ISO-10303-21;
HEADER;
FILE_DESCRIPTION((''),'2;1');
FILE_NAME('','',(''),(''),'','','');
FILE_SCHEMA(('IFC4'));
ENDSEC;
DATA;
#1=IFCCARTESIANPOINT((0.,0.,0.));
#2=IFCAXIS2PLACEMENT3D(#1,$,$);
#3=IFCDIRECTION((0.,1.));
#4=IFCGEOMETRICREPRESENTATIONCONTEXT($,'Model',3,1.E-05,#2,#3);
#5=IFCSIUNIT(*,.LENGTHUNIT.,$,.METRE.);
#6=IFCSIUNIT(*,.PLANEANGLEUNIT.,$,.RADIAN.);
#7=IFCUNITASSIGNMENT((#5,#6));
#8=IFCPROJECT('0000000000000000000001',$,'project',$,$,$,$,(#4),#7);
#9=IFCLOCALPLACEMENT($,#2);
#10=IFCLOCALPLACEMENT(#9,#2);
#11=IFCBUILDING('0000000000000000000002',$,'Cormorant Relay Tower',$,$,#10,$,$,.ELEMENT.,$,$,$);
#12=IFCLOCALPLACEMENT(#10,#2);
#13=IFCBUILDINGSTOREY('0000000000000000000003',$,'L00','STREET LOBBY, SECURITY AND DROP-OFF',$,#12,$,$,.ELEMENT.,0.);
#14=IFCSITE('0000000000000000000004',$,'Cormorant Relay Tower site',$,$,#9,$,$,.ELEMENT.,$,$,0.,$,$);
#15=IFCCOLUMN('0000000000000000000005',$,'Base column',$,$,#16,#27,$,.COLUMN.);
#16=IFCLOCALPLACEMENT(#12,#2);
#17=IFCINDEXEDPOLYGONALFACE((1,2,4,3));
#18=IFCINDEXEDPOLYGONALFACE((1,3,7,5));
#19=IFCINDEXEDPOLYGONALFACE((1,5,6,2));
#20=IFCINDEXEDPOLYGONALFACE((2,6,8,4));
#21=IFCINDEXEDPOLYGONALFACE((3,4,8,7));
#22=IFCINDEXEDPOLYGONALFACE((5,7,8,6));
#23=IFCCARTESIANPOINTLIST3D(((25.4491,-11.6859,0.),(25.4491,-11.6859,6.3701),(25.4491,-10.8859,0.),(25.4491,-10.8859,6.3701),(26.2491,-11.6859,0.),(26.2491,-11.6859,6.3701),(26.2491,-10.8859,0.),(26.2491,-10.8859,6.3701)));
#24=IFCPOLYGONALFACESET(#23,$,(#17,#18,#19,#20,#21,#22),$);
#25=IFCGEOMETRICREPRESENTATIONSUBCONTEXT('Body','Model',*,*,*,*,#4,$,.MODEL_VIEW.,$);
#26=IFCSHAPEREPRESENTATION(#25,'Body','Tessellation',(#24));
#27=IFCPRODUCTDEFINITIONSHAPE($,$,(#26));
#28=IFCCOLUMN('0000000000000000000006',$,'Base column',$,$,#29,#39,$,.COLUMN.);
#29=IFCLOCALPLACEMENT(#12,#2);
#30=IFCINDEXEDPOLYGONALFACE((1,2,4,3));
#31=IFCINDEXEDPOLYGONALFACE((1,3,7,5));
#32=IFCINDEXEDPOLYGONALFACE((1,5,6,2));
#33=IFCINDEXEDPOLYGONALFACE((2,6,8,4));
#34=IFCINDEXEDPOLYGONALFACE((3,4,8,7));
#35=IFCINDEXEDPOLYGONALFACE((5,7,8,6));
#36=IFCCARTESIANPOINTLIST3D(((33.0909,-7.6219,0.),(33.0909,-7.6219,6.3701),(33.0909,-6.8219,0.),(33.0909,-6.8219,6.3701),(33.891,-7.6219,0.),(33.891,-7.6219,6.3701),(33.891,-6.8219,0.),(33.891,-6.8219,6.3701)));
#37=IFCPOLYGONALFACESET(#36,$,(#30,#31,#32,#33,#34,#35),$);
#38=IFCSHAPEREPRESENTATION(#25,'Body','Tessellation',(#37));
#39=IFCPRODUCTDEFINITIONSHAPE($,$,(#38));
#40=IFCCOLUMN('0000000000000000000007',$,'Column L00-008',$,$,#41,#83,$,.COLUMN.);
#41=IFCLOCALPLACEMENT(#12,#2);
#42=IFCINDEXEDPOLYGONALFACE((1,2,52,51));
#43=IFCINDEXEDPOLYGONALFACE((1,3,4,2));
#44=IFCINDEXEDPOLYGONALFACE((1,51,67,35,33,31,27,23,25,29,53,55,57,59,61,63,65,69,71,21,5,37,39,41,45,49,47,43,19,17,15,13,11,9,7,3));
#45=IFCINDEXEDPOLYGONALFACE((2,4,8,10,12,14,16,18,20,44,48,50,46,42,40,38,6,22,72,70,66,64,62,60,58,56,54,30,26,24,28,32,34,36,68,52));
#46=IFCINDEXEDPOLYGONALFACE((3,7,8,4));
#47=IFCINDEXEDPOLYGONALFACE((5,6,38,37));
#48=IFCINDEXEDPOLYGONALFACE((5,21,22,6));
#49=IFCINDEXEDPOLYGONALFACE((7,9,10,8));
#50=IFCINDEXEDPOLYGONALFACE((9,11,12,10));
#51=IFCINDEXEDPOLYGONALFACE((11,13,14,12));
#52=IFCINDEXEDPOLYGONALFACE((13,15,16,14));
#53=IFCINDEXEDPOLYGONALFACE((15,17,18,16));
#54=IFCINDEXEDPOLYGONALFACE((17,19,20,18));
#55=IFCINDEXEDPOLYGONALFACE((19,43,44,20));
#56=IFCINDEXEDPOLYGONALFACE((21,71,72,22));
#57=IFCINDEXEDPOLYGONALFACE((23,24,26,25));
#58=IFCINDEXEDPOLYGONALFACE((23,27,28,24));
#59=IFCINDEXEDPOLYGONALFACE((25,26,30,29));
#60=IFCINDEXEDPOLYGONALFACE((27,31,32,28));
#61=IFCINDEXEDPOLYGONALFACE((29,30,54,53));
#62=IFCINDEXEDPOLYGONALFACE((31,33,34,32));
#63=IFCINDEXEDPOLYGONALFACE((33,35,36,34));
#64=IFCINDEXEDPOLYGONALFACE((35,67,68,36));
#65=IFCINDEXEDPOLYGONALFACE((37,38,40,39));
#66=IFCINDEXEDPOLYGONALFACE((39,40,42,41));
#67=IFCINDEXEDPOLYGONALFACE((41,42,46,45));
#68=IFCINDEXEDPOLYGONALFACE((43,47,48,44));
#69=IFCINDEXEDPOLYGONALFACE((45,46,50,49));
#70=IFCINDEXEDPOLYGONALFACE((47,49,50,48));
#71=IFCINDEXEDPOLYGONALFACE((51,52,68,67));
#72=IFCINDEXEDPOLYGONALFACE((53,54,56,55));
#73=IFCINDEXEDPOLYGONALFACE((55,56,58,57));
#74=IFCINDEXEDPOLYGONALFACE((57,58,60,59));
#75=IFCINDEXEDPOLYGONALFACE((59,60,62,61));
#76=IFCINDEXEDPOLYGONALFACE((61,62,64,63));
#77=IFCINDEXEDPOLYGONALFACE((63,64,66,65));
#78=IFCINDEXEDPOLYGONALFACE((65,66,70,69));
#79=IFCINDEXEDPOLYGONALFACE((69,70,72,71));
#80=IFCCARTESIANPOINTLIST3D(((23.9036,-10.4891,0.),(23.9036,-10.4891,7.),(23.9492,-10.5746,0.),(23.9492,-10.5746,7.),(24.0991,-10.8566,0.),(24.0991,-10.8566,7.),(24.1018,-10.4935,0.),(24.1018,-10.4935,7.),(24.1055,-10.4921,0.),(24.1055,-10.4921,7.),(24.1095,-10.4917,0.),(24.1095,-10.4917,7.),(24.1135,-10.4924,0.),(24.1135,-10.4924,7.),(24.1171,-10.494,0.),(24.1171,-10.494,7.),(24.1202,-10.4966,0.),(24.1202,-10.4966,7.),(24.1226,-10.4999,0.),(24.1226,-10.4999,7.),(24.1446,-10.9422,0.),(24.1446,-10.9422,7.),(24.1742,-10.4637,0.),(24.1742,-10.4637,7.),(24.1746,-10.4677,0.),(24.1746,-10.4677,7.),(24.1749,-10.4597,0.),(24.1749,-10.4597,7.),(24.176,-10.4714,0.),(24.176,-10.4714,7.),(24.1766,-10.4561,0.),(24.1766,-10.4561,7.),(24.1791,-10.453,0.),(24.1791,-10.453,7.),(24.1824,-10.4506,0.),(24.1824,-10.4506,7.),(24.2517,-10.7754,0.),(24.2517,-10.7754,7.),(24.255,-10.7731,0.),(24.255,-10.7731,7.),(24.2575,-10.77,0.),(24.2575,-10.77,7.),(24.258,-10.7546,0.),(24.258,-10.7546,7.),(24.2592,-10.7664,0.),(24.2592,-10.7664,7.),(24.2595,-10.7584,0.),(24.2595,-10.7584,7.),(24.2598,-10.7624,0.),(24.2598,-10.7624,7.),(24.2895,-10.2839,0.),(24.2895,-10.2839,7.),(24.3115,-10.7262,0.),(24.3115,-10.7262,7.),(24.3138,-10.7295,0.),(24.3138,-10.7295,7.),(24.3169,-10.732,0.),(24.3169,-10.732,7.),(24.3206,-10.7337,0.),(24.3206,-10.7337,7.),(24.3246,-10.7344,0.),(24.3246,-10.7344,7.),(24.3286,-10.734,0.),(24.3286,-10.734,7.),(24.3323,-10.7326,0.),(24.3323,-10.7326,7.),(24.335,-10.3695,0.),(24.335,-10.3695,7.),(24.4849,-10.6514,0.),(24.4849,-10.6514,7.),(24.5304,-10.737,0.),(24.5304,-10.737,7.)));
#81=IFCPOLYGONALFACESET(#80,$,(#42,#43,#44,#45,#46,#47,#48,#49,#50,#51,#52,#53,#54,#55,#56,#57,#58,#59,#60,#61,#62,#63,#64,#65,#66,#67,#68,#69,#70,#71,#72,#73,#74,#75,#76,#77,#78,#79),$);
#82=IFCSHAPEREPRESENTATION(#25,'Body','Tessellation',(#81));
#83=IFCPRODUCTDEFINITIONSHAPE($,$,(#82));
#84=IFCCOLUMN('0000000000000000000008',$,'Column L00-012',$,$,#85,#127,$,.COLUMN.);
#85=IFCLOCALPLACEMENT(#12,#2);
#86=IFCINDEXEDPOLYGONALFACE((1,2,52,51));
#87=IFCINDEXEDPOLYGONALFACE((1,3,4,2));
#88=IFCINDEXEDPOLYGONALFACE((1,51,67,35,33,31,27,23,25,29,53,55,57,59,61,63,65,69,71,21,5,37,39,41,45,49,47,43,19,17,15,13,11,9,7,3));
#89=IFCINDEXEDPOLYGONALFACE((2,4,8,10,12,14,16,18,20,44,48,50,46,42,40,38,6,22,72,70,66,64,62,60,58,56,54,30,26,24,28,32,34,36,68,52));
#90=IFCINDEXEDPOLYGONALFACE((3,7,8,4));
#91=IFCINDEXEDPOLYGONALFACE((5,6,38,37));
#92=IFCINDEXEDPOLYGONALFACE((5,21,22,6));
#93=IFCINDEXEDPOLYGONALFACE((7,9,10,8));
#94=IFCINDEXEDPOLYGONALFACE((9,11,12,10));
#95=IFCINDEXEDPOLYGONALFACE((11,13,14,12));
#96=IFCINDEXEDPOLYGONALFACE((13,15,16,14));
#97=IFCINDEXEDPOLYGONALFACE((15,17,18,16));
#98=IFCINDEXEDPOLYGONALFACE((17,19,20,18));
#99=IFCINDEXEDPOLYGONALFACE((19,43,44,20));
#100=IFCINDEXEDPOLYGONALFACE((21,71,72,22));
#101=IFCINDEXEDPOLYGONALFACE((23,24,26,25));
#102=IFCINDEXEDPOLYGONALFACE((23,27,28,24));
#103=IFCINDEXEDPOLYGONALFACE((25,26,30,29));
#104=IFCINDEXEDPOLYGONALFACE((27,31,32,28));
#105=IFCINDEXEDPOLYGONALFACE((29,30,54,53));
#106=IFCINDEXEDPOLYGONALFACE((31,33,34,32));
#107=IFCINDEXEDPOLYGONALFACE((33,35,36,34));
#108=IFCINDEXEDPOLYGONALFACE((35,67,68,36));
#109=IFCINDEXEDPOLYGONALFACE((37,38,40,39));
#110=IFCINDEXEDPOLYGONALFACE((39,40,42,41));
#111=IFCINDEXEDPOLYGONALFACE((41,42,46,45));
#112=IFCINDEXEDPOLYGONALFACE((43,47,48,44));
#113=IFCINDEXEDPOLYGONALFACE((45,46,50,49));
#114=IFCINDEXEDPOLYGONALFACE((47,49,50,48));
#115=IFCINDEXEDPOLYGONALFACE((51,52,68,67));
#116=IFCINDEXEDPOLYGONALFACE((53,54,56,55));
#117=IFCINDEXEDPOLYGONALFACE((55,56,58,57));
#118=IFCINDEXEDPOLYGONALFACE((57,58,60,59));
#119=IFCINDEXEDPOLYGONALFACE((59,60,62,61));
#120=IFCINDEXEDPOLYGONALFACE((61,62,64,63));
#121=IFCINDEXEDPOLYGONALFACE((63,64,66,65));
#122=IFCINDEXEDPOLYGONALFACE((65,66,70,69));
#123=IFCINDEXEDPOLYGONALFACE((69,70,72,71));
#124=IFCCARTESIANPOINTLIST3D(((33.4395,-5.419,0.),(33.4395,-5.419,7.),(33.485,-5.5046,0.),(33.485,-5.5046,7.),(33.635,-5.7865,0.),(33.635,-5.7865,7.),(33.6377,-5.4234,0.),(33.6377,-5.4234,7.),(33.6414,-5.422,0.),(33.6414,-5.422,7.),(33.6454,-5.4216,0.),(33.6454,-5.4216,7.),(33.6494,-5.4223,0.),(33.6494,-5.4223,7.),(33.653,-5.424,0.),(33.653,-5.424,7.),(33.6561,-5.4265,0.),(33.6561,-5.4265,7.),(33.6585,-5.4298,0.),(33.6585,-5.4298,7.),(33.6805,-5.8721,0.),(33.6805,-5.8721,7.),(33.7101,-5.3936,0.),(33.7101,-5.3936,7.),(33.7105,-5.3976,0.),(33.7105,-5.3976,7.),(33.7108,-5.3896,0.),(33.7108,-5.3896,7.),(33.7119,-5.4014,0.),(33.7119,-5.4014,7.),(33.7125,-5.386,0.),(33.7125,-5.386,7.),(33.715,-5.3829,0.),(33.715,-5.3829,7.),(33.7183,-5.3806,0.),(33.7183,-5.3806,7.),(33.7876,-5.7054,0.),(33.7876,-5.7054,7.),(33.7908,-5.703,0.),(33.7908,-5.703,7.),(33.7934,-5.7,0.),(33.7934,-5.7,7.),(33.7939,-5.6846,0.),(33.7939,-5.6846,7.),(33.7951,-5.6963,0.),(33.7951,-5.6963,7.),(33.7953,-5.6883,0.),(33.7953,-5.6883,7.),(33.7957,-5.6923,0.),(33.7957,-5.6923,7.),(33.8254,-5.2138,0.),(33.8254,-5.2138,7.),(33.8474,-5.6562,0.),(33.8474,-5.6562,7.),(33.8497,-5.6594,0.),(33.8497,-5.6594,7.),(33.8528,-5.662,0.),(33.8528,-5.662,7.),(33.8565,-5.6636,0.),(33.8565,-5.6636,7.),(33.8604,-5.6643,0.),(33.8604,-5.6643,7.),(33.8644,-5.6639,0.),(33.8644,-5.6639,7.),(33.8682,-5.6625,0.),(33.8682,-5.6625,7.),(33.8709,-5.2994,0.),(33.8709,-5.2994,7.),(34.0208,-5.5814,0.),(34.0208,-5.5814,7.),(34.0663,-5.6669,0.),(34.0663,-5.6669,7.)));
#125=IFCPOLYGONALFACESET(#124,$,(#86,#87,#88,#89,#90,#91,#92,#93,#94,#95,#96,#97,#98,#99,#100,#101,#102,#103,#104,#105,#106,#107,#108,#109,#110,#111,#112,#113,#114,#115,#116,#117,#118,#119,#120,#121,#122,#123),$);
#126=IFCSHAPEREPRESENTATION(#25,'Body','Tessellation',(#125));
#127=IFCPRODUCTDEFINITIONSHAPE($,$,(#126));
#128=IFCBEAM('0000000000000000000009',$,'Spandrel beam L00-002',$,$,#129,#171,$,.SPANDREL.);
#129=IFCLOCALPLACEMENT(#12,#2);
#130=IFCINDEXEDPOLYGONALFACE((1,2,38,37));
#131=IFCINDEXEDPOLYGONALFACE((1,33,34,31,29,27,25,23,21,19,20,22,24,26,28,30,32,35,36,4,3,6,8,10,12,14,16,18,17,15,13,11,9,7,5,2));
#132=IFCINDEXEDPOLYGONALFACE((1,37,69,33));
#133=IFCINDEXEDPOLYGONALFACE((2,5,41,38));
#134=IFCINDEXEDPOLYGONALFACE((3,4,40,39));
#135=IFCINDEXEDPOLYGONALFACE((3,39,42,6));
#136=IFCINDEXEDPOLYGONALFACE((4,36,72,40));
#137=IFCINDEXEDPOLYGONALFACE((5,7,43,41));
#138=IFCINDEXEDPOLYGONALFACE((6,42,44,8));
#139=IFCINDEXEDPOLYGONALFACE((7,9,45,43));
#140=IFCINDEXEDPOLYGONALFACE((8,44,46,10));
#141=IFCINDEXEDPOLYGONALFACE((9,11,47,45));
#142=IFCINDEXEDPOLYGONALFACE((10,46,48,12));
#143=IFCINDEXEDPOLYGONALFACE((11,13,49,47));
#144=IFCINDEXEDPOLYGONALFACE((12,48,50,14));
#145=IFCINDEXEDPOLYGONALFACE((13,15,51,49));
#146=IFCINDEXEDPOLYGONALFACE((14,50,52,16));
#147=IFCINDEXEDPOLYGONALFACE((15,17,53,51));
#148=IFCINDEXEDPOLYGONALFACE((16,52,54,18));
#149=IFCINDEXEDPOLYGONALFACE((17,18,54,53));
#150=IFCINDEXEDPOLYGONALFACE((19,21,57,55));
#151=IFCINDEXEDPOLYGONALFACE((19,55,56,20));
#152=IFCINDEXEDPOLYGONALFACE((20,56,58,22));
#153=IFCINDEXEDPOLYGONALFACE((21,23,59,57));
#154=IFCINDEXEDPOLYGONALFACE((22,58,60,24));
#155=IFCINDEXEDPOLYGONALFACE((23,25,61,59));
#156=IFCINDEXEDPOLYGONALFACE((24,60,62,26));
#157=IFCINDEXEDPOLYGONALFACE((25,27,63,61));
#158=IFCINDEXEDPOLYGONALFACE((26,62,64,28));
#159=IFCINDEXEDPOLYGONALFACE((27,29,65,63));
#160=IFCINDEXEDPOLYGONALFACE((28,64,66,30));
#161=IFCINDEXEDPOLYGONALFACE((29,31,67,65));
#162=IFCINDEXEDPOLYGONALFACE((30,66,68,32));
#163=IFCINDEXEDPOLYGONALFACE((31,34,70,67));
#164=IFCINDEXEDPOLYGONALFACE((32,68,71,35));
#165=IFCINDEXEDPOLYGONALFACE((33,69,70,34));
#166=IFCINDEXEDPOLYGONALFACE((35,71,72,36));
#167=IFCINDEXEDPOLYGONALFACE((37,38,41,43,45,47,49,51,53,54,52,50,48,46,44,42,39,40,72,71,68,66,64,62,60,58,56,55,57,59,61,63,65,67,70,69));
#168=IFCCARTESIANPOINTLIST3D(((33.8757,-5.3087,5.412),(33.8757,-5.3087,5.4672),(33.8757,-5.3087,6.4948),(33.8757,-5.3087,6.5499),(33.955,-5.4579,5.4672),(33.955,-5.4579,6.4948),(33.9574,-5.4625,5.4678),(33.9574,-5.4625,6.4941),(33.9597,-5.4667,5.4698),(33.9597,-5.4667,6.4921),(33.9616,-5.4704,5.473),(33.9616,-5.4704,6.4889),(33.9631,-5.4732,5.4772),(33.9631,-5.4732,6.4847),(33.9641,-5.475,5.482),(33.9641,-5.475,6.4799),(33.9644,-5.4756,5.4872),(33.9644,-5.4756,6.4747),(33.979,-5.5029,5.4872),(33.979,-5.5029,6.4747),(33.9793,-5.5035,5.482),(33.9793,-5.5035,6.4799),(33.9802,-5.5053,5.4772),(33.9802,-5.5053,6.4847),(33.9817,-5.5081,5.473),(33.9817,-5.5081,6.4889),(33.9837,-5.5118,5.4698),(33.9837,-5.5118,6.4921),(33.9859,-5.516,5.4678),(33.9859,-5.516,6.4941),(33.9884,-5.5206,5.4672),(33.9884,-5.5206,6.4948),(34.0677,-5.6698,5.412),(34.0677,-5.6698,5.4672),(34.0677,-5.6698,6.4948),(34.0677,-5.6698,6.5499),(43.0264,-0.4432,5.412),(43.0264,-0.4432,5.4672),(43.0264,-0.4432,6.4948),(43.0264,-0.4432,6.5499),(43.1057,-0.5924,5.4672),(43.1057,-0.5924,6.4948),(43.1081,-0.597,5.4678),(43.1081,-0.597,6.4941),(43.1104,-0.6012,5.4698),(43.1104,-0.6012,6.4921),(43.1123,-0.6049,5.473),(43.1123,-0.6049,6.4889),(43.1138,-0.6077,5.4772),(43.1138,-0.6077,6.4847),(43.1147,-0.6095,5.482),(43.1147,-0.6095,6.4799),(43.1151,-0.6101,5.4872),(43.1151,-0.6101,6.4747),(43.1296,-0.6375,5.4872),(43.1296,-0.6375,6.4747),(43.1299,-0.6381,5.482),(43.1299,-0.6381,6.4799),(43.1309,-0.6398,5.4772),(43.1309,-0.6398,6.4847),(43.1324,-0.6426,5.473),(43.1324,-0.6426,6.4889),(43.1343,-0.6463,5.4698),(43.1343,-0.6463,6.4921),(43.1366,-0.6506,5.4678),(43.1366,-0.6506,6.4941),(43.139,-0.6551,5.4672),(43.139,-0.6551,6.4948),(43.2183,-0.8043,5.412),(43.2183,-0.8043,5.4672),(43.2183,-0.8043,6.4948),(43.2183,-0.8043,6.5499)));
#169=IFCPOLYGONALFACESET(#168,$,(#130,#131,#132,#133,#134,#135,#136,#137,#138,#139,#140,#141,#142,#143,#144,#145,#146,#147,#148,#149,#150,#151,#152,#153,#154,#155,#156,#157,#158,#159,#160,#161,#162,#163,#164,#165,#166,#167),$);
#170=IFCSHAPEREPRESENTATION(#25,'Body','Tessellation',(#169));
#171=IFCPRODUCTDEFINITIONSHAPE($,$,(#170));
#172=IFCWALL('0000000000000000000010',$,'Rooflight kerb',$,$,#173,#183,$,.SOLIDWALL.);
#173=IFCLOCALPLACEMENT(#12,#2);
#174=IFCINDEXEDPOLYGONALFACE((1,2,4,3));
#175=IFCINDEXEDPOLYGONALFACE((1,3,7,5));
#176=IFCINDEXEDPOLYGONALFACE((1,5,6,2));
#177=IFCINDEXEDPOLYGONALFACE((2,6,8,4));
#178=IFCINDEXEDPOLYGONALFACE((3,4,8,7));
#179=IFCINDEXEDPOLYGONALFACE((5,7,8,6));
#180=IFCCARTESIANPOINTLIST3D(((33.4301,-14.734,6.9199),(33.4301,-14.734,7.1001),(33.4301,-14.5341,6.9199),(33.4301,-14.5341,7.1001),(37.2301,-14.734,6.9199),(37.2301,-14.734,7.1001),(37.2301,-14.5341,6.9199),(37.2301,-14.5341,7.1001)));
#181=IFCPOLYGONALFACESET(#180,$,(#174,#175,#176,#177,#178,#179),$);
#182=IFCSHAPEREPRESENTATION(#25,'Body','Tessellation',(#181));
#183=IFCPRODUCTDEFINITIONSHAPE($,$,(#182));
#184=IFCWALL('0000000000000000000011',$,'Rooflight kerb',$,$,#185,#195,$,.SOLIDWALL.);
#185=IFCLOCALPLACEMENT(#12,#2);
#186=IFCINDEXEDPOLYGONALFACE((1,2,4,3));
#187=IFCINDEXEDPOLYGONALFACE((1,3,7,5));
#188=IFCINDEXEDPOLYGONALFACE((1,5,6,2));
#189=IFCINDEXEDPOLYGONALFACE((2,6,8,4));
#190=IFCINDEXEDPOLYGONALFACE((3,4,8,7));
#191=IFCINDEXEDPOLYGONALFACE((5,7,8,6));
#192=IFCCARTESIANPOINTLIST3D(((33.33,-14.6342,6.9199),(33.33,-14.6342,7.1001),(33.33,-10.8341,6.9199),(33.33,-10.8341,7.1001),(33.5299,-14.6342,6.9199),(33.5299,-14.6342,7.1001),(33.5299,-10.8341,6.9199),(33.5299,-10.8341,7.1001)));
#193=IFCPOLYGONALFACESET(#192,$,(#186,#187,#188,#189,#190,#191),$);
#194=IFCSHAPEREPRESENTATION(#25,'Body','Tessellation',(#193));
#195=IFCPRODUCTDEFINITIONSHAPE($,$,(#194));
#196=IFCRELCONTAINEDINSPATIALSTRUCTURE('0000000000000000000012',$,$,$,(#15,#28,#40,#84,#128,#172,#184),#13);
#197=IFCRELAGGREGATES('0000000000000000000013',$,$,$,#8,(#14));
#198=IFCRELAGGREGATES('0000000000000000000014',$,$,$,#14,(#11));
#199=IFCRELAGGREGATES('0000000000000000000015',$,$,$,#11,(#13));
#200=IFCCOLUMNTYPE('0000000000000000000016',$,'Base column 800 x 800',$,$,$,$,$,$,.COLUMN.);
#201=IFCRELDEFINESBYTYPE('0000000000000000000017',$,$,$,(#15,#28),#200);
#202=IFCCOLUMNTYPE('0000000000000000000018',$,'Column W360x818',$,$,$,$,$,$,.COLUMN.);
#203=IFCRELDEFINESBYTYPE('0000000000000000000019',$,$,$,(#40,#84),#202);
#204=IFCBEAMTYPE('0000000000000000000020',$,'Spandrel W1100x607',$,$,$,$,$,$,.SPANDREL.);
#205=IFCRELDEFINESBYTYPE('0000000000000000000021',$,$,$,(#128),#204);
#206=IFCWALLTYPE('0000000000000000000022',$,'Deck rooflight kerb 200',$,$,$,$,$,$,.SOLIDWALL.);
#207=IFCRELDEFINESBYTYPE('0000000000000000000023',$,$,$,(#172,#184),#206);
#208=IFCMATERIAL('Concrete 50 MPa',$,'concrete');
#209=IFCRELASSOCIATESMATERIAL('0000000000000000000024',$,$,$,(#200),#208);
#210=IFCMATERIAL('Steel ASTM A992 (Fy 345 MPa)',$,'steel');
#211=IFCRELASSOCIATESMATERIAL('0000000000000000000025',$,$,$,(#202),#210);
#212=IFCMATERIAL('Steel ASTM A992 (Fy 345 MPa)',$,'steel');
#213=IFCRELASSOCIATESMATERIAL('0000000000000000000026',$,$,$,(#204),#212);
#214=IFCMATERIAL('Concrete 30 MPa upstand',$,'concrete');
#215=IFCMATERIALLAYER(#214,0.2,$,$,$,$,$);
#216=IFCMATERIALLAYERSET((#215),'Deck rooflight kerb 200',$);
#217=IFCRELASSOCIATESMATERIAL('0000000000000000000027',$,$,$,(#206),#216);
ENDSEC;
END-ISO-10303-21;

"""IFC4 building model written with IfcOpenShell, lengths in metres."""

from ifc_helpers import new_model, si_unit, direction, frame, frame_2d, origin, origin_2d, place, context, subcontext, project, spatial, rectangle, i_section, extrude, material, layer, layer_set, material_profile, profile_set, type_object, element, save


model = new_model("IFC4")

# Units and contexts
model_context = context("Model", 3, precision=1e-05, world=origin(), true_north=direction((0.0, 1.0)))
body_context = subcontext(model_context, "Body", "Model", "MODEL_VIEW")
ifc_project = project(units=[si_unit("LENGTHUNIT", "METRE"), si_unit("PLANEANGLEUNIT", "RADIAN")], contexts=[model_context])

# Site, building, storey
site_placement = place(None, origin())
site = spatial("IfcSite", under=ifc_project, at=site_placement, Name="Cormorant Relay Tower site", CompositionType="ELEMENT", RefElevation=0.0)
building_placement = place(site_placement, origin())
building = spatial("IfcBuilding", under=site, at=building_placement, Name="Cormorant Relay Tower", CompositionType="ELEMENT")
storey_placement = place(building_placement, origin())
storey = spatial("IfcBuildingStorey", under=building, at=storey_placement, Name="L00", Description="STREET LOBBY, SECURITY AND DROP-OFF", CompositionType="ELEMENT", Elevation=0.0)

# Columns
ifc_material_1 = material(Name="Concrete 50 MPa", Category="concrete")
ifc_material_profile_1 = material_profile(ifc_material_1, rectangle(XDim=0.8, YDim=0.8, at=origin_2d()), Name="RC 800x800")
ifc_profile_set_1 = profile_set([ifc_material_profile_1], Name="Concrete 50 MPa")
column_type_1 = type_object("IfcColumnType", Name="Base column 800 x 800", PredefinedType="COLUMN", material=ifc_profile_set_1)
for number, where, z_axis, x_axis, name in (
    (1, (25.8491, -11.2859, 0.0), (0.0, 0.0, 1.0), (1.0, 0.0, 0.0), "Base column"),
    (2, (33.491, -7.2219, 0.0), (0.0, 0.0, 1.0), (1.0, 0.0, 0.0), "Base column"),
):
    element("IfcColumn", number, at=place(storey_placement, frame(where, z_axis=z_axis, x_axis=x_axis)), inside=storey, type_object=column_type_1, Name=name, PredefinedType="COLUMN", context=body_context, shape_type="SweptSolid", body=[
        extrude(rectangle(XDim=0.8, YDim=0.8, at=origin_2d()), origin(), (0.0, 0.0, 1.0), 6.3701),
    ])
ifc_material_2 = material(Name="Steel ASTM A992 (Fy 345 MPa)", Category="steel")
ifc_material_profile_2 = material_profile(ifc_material_2, i_section(OverallWidth=0.437, OverallDepth=0.5132, WebThickness=0.0605, FlangeThickness=0.0969, FilletRadius=0.0154, at=origin_2d()), Name="W360x818")
ifc_profile_set_2 = profile_set([ifc_material_profile_2], Name="Steel ASTM A992 (Fy 345 MPa)")
column_type_2 = type_object("IfcColumnType", Name="Column W360x818", PredefinedType="COLUMN", material=ifc_profile_set_2)
for number, where, z_axis, x_axis, name in (
    (3, (24.217, -10.613, 0.0), (0.0, 0.0, 1.0), (0.882948, 0.469472, 0.0), "Column L00-008"),
    (4, (33.7529, -5.543, 0.0), (0.0, 0.0, 1.0), (0.882948, 0.469472, 0.0), "Column L00-012"),
):
    element("IfcColumn", number, at=place(storey_placement, frame(where, z_axis=z_axis, x_axis=x_axis)), inside=storey, type_object=column_type_2, Name=name, PredefinedType="COLUMN", context=body_context, shape_type="SweptSolid", body=[
        extrude(i_section(OverallWidth=0.437, OverallDepth=0.5132, WebThickness=0.0605, FlangeThickness=0.0969, FilletRadius=0.0154, at=origin_2d()), origin(), (0.0, 0.0, 1.0), 7.0),
    ])

# Beam
ifc_material_3 = material(Name="Steel ASTM A992 (Fy 345 MPa)", Category="steel")
ifc_material_profile_3 = material_profile(ifc_material_3, i_section(OverallWidth=0.4089, OverallDepth=1.1379, WebThickness=0.031, FlangeThickness=0.0552, FilletRadius=0.02, at=origin_2d()), Name="W1100x607")
ifc_profile_set_3 = profile_set([ifc_material_profile_3], Name="Steel ASTM A992 (Fy 345 MPa)")
beam_type = type_object("IfcBeamType", Name="Spandrel W1100x607", PredefinedType="SPANDREL", material=ifc_profile_set_3)
beam_placement = place(storey_placement, frame((33.9717, -5.4893, 5.981), z_axis=(0.882948, 0.469472, 0.0), x_axis=(-0.469472, 0.882948, 0.0)))
element("IfcBeam", 5, at=beam_placement, inside=storey, type_object=beam_type, Name="Spandrel beam L00-002", PredefinedType="SPANDREL", context=body_context, shape_type="SweptSolid", body=[
    extrude(i_section(OverallWidth=0.4089, OverallDepth=1.1379, WebThickness=0.031, FlangeThickness=0.0552, FilletRadius=0.02, at=origin_2d()), origin(), (0.0, 0.0, 1.0), 10.3638),
])

# Walls
ifc_material_4 = material(Name="Concrete 30 MPa upstand", Category="concrete")
ifc_layer_1 = layer(ifc_material_4, 0.2)
ifc_layer_set_1 = layer_set([ifc_layer_1], Name="Deck rooflight kerb 200")
wall_type_1 = type_object("IfcWallType", Name="Deck rooflight kerb 200", PredefinedType="SOLIDWALL", material=ifc_layer_set_1)
for number, where, z_axis, x_axis, name in (
    (6, (37.23, -14.634, 6.9199), (0.0, 0.0, 1.0), (-1.0, 0.0, 0.0), "Rooflight kerb"),
    (7, (33.4299, -14.634, 6.9199), (0.0, 0.0, 1.0), (0.0, 1.0, 0.0), "Rooflight kerb"),
):
    element("IfcWall", number, at=place(storey_placement, frame(where, z_axis=z_axis, x_axis=x_axis)), inside=storey, type_object=wall_type_1, Name=name, PredefinedType="SOLIDWALL", context=body_context, shape_type="SweptSolid", body=[
        extrude(rectangle(XDim=3.8, YDim=0.2, at=frame_2d((1.8999, 0.0))), origin(), (0.0, 0.0, 1.0), 0.1802),
    ])

save(model, "model.ifc")
